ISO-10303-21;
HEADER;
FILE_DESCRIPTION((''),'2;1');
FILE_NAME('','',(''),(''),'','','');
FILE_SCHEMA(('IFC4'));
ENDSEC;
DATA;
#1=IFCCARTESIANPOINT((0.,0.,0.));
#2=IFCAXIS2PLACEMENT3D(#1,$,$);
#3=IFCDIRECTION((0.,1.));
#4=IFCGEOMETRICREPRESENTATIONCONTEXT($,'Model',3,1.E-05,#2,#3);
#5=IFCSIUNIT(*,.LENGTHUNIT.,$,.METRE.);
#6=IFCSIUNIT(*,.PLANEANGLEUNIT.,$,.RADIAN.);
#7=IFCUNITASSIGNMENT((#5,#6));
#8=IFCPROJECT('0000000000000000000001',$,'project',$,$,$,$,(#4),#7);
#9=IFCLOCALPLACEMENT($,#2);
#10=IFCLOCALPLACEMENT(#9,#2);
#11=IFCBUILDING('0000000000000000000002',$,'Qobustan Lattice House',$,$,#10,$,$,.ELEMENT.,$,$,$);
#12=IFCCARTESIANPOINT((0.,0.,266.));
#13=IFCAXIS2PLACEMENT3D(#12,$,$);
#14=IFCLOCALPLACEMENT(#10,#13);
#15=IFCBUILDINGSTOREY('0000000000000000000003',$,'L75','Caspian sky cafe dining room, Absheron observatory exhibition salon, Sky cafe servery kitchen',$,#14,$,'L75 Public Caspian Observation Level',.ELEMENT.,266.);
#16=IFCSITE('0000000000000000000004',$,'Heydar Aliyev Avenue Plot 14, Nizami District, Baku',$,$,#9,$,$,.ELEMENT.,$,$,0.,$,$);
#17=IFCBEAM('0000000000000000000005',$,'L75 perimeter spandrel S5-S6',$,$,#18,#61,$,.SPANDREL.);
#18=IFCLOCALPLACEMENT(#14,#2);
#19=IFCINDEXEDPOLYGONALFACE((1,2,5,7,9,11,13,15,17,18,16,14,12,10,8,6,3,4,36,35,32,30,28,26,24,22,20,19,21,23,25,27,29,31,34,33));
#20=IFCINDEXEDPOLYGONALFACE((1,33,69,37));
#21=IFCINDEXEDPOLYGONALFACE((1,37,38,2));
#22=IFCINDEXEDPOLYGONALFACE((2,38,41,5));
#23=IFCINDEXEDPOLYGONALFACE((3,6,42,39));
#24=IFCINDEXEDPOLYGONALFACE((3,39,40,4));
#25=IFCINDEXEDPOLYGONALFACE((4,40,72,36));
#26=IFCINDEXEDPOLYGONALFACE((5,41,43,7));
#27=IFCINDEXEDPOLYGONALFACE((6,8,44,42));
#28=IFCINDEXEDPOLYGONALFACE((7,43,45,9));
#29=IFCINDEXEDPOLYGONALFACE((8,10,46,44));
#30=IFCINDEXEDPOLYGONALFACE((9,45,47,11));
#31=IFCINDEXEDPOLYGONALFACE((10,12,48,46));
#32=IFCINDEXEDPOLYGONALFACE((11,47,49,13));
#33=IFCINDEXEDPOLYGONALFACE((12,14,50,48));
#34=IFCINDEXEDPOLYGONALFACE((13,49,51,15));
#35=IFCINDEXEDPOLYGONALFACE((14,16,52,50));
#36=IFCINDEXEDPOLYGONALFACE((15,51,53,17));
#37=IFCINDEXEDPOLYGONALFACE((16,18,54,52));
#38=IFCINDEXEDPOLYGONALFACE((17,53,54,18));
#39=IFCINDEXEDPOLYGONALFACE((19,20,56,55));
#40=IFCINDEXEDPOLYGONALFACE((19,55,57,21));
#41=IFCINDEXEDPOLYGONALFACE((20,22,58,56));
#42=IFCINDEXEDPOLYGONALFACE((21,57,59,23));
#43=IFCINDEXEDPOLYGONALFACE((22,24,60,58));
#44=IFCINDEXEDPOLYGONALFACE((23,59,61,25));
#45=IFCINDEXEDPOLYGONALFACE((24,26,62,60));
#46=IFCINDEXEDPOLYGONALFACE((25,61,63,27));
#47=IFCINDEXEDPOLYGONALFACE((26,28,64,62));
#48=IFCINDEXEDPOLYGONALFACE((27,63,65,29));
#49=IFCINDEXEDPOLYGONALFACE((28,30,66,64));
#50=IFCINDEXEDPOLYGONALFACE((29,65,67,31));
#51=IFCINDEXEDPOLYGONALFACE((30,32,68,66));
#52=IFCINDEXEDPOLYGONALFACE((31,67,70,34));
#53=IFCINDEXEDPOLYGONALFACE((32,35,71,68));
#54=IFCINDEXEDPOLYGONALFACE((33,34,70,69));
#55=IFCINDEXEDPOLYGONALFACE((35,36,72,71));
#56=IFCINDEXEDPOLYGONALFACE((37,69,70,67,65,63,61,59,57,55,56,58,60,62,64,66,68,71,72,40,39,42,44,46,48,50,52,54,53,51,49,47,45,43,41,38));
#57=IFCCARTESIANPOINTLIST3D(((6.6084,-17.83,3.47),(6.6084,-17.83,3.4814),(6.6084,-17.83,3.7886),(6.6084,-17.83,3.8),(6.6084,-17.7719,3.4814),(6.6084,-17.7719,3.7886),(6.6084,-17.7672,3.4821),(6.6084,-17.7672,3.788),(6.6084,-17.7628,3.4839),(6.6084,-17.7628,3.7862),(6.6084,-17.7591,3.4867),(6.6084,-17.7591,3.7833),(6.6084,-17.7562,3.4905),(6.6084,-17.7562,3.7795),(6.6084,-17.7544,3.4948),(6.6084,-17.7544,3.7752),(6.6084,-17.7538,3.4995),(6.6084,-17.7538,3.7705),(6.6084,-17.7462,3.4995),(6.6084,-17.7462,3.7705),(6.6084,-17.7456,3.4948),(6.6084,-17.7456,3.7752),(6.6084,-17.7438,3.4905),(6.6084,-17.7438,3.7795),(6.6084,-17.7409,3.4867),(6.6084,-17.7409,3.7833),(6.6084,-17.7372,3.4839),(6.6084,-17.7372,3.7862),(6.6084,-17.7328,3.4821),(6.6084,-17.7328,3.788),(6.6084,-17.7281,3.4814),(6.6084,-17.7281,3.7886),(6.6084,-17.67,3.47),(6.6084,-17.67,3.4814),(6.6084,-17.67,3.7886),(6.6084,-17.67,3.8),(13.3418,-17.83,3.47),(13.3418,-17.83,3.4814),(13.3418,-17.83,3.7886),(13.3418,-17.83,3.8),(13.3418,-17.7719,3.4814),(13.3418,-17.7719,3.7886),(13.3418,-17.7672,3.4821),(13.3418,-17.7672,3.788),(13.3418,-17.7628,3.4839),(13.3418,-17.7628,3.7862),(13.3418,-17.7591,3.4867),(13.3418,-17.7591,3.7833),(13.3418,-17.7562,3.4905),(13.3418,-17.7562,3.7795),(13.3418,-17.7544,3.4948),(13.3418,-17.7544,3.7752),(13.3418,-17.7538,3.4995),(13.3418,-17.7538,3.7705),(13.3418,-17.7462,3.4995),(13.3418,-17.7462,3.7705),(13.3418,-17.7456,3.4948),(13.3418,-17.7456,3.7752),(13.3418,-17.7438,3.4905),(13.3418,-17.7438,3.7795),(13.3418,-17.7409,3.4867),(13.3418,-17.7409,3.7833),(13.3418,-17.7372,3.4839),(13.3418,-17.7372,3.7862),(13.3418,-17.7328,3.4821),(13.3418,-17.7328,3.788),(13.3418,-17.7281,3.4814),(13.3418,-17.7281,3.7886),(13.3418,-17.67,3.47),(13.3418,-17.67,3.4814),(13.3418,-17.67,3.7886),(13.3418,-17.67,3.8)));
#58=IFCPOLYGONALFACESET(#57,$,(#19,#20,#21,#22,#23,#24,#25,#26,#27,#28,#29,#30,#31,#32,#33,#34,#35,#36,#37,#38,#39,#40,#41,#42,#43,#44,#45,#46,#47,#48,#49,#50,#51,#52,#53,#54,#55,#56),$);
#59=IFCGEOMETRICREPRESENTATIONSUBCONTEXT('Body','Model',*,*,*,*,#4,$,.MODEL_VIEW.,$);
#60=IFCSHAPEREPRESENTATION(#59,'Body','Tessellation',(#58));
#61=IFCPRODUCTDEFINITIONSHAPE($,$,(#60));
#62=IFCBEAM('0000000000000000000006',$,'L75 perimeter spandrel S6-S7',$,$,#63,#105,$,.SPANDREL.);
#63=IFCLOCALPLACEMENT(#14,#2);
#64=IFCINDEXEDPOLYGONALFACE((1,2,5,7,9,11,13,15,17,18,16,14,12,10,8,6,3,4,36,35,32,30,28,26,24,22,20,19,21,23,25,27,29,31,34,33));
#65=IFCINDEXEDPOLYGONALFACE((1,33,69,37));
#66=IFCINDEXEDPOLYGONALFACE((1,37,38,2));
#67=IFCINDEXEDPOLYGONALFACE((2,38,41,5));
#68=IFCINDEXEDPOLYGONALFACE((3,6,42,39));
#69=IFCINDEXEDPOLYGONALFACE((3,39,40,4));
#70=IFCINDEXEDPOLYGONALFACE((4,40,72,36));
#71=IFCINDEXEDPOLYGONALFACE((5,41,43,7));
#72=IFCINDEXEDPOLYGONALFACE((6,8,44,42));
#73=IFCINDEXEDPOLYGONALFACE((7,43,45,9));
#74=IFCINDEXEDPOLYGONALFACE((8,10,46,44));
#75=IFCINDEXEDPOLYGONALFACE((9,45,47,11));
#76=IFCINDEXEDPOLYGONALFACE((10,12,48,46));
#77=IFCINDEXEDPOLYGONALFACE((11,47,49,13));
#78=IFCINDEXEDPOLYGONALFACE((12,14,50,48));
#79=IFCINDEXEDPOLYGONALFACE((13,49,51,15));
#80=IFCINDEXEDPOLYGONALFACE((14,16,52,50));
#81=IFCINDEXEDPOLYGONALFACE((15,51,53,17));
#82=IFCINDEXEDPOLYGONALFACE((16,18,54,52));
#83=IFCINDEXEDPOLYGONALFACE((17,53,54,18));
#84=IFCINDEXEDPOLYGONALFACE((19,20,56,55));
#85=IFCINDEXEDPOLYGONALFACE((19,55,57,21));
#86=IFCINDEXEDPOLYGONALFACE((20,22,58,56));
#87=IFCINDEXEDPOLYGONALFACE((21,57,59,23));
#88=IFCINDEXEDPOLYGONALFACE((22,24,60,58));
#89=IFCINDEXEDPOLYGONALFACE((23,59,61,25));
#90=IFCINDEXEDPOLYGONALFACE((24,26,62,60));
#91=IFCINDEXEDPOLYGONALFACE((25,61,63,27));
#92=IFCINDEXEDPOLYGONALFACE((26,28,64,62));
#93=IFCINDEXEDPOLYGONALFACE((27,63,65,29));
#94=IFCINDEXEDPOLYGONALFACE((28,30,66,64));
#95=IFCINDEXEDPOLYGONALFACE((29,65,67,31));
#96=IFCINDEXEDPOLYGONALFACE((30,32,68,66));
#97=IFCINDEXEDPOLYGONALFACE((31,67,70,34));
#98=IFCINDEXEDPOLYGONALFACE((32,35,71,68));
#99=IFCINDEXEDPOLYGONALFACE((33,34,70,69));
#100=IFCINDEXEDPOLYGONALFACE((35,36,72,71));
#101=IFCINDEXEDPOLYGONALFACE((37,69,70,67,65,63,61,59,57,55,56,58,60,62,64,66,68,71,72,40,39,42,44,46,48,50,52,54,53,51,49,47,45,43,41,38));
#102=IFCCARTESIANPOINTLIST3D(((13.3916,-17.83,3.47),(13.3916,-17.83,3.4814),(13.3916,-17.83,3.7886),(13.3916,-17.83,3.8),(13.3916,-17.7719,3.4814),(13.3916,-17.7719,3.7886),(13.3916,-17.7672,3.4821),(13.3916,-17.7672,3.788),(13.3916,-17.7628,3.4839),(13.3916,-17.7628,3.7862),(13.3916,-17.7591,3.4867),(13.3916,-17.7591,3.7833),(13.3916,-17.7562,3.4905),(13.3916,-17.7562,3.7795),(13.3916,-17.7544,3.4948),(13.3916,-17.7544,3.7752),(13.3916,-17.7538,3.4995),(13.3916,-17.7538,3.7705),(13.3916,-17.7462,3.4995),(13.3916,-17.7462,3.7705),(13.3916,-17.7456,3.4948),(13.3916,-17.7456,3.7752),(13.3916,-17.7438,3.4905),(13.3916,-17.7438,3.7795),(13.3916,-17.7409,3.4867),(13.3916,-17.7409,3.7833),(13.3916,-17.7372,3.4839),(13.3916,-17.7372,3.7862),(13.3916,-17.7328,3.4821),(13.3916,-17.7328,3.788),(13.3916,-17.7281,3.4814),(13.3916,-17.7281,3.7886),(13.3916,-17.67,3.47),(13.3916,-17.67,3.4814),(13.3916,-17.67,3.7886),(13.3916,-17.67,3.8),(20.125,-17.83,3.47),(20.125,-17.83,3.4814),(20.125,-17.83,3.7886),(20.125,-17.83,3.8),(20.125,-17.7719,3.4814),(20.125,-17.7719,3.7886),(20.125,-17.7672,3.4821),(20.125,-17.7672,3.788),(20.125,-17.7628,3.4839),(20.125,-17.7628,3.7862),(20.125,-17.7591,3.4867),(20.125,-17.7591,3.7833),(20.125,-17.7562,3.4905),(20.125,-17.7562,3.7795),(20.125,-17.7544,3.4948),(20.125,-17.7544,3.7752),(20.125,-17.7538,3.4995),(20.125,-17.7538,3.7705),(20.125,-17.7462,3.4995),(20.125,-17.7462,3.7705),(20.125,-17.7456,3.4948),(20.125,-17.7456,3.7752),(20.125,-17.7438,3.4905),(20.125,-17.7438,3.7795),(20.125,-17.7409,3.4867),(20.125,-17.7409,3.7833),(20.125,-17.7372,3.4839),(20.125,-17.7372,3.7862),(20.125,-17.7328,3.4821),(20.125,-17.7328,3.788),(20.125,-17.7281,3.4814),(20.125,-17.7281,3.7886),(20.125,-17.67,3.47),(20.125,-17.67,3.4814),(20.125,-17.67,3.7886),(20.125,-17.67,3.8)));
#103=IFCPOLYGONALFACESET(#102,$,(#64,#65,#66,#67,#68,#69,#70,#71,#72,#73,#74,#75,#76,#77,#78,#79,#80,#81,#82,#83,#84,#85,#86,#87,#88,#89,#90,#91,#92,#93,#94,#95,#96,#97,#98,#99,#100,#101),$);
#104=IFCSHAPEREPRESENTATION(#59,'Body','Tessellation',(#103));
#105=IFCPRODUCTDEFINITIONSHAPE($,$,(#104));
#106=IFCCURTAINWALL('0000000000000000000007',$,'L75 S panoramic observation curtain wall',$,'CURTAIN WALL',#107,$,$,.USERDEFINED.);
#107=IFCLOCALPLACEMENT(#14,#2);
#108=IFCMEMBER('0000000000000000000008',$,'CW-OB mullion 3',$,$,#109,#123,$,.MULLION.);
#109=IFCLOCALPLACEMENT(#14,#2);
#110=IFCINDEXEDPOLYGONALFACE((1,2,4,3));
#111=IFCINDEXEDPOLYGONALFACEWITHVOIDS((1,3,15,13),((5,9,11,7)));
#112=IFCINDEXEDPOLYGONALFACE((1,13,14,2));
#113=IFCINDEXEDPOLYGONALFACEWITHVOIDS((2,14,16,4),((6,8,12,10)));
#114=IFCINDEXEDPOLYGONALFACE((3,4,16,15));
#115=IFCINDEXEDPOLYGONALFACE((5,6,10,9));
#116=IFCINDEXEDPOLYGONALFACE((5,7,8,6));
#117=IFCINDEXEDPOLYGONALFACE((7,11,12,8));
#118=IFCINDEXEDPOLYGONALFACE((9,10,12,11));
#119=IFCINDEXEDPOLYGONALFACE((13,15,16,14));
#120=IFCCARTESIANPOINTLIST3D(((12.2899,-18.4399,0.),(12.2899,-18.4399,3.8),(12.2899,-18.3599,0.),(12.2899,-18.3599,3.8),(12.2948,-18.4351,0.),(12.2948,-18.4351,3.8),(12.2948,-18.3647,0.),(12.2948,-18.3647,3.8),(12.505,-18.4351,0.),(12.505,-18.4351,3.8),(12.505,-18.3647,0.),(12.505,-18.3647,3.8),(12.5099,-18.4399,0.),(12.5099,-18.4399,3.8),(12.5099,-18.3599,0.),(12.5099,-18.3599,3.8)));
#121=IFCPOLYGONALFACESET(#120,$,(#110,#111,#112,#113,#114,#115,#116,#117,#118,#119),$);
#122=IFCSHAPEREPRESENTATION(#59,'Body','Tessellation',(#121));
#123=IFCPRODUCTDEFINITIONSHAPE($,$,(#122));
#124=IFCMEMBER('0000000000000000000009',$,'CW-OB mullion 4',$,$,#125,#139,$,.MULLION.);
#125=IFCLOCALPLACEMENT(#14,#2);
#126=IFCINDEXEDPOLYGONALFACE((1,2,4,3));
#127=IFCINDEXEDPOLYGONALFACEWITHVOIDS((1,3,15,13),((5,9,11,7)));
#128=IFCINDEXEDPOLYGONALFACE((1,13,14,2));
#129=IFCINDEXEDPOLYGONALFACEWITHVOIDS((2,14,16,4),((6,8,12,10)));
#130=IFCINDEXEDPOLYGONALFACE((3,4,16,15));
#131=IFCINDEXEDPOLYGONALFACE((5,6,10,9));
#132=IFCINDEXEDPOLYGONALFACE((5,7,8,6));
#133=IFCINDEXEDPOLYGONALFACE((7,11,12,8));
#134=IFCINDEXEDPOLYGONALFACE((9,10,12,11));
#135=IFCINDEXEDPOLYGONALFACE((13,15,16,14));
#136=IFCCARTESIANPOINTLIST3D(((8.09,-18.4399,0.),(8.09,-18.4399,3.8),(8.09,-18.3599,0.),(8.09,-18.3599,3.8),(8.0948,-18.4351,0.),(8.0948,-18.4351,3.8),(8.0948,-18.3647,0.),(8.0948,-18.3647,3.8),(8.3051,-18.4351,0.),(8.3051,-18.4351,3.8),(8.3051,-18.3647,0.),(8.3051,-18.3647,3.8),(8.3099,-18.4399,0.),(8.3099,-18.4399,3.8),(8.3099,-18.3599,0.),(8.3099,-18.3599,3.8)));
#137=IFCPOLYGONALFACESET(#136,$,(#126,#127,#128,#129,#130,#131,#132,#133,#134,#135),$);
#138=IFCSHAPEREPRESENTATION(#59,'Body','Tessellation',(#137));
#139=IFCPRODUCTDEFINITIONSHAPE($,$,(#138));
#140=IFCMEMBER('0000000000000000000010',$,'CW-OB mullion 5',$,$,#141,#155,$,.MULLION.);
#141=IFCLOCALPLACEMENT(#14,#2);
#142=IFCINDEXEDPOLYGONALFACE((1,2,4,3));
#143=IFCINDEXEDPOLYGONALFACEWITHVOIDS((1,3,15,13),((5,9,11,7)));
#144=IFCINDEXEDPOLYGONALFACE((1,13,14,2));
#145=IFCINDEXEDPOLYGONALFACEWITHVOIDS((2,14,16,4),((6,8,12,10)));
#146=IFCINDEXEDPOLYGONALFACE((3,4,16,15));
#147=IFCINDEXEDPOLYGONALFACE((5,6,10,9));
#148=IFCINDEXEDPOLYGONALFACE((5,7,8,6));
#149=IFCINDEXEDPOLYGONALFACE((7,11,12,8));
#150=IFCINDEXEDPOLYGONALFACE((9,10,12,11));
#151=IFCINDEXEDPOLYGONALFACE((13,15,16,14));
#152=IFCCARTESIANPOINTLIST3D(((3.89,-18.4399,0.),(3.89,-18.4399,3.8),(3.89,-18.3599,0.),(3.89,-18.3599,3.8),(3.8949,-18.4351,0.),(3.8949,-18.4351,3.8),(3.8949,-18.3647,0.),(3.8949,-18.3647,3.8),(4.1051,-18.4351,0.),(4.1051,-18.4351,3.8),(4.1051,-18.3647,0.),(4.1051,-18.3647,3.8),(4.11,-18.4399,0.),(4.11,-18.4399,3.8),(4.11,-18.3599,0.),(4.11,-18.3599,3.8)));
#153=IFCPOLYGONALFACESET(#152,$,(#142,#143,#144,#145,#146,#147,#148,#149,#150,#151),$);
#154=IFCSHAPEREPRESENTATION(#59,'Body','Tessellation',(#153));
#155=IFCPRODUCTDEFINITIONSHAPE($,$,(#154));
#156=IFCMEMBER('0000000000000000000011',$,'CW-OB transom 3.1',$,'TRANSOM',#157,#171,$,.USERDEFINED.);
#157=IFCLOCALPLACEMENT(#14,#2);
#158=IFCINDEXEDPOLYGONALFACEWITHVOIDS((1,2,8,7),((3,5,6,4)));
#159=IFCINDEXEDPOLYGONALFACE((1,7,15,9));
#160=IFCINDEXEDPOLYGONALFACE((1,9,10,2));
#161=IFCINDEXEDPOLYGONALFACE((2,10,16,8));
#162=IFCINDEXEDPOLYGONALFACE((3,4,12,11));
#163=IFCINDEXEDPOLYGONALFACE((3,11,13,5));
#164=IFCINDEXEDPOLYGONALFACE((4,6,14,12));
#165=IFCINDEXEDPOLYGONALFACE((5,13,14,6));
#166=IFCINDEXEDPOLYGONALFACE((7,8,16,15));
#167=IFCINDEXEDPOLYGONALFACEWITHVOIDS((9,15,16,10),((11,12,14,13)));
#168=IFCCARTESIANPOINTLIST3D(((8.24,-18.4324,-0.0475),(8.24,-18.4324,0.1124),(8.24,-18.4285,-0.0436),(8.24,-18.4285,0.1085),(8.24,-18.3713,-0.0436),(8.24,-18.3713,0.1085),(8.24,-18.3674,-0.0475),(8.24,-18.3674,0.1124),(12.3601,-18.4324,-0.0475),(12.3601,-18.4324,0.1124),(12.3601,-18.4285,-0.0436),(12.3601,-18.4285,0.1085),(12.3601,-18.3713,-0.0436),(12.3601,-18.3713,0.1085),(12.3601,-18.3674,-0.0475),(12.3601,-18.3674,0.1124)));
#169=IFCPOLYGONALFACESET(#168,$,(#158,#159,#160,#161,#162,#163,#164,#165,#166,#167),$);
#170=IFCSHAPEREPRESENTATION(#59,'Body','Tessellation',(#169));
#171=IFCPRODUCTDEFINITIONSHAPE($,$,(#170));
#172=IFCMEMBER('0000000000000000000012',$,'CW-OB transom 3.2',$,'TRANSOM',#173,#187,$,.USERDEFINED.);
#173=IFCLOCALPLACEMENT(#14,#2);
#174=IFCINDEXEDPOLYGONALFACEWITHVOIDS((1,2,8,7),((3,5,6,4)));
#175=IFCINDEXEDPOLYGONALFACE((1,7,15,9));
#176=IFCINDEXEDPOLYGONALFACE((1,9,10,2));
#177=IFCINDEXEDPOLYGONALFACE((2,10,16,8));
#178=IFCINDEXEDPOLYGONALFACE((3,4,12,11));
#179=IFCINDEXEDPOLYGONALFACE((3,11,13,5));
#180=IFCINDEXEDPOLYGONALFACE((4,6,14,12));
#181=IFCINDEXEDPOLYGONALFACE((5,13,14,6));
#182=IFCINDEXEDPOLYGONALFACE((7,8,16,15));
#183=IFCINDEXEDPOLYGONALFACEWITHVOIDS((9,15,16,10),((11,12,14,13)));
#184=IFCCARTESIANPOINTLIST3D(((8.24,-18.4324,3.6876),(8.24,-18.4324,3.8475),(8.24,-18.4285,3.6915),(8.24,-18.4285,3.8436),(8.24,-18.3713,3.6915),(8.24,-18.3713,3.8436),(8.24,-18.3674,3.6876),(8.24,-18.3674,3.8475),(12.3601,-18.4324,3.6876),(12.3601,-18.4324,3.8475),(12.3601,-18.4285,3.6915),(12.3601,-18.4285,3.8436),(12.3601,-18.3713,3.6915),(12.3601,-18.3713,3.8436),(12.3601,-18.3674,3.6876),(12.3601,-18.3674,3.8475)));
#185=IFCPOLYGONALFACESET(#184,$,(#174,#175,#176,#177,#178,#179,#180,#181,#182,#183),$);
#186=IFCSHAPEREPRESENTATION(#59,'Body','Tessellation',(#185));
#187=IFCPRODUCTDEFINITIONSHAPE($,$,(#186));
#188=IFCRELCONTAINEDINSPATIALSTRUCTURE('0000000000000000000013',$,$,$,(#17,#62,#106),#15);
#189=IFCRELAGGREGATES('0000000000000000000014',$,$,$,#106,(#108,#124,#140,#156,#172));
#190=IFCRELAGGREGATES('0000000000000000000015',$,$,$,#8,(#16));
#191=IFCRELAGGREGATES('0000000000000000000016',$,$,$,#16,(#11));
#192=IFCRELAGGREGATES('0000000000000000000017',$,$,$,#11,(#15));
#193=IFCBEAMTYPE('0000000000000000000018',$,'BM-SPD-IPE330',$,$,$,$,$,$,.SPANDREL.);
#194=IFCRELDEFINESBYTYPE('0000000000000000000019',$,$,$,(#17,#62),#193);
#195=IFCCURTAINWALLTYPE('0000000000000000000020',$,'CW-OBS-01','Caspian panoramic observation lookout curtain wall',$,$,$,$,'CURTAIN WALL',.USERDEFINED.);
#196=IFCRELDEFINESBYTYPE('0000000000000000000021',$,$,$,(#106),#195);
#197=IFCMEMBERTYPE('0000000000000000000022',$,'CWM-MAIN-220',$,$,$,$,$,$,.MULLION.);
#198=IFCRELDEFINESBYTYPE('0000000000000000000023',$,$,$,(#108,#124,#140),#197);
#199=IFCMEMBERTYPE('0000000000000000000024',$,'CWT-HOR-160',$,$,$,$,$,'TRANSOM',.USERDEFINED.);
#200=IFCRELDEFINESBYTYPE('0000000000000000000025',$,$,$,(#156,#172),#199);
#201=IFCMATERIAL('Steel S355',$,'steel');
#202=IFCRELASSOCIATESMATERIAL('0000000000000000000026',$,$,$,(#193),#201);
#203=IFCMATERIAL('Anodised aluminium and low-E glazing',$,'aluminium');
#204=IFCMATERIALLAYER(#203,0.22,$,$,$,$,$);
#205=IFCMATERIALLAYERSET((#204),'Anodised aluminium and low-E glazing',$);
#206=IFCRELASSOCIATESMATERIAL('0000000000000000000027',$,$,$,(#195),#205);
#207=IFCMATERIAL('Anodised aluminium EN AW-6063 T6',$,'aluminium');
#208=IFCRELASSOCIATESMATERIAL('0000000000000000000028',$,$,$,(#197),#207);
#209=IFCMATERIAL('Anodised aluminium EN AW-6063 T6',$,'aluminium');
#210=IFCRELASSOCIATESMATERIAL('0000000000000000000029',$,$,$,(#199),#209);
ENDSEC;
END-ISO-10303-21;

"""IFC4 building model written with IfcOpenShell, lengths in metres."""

from ifc_helpers import new_model, si_unit, direction, frame, origin, origin_2d, place, context, subcontext, project, spatial, hollow_rectangle, i_section, extrude, material, layer, layer_set, material_profile, profile_set, type_object, element, aggregate, save


model = new_model("IFC4")

# Units and contexts
model_context = context("Model", 3, precision=1e-05, world=origin(), true_north=direction((0.0, 1.0)))
body_context = subcontext(model_context, "Body", "Model", "MODEL_VIEW")
ifc_project = project(units=[si_unit("LENGTHUNIT", "METRE"), si_unit("PLANEANGLEUNIT", "RADIAN")], contexts=[model_context])

# Site, building, storey
site_placement = place(None, origin())
site = spatial("IfcSite", under=ifc_project, at=site_placement, Name="Heydar Aliyev Avenue Plot 14, Nizami District, Baku", CompositionType="ELEMENT", RefElevation=0.0)
building_placement = place(site_placement, origin())
building = spatial("IfcBuilding", under=site, at=building_placement, Name="Qobustan Lattice House", CompositionType="ELEMENT")
storey_placement = place(building_placement, frame((0.0, 0.0, 266.0)))
storey = spatial("IfcBuildingStorey", under=building, at=storey_placement, Name="L75", Description="Caspian sky cafe dining room, Absheron observatory exhibition salon, Sky cafe servery kitchen", LongName="L75 Public Caspian Observation Level", CompositionType="ELEMENT", Elevation=266.0)

# Beams
ifc_material_1 = material(Name="Steel S355", Category="steel")
ifc_material_profile_1 = material_profile(ifc_material_1, i_section(OverallWidth=0.1599, OverallDepth=0.3301, WebThickness=0.0076, FlangeThickness=0.0115, FilletRadius=0.0181, at=origin_2d()), Name="IPE330")
ifc_profile_set_1 = profile_set([ifc_material_profile_1], Name="Steel S355")
beam_type_1 = type_object("IfcBeamType", Name="BM-SPD-IPE330", PredefinedType="SPANDREL", material=ifc_profile_set_1)
for number, where, z_axis, x_axis, name in (
    (1, (6.6084, -17.75, 3.635), (1.0, 0.0, 0.0), (0.0, 1.0, 0.0), "L75 perimeter spandrel S5-S6"),
    (2, (13.3916, -17.75, 3.635), (1.0, 0.0, 0.0), (0.0, 1.0, 0.0), "L75 perimeter spandrel S6-S7"),
):
    element("IfcBeam", number, at=place(storey_placement, frame(where, z_axis=z_axis, x_axis=x_axis)), inside=storey, type_object=beam_type_1, Name=name, PredefinedType="SPANDREL", context=body_context, shape_type="SweptSolid", body=[
        extrude(i_section(OverallWidth=0.1599, OverallDepth=0.3301, WebThickness=0.0076, FlangeThickness=0.0115, FilletRadius=0.0181, at=origin_2d()), origin(), (0.0, 0.0, 1.0), 6.7334),
    ])

# Curtain wall, members
ifc_material_2 = material(Name="Anodised aluminium and low-E glazing", Category="aluminium")
ifc_layer_1 = layer(ifc_material_2, 0.22)
ifc_layer_set_1 = layer_set([ifc_layer_1], Name="Anodised aluminium and low-E glazing")
curtain_wall_type = type_object("IfcCurtainWallType", Name="CW-OBS-01", Description="Caspian panoramic observation lookout curtain wall", ElementType="CURTAIN WALL", PredefinedType="USERDEFINED", material=ifc_layer_set_1)
curtain_wall_placement = place(storey_placement, origin())
curtain_wall = element("IfcCurtainWall", 3, at=curtain_wall_placement, inside=storey, type_object=curtain_wall_type, Name="L75 S panoramic observation curtain wall", ObjectType="CURTAIN WALL", PredefinedType="USERDEFINED")
ifc_material_3 = material(Name="Anodised aluminium EN AW-6063 T6", Category="aluminium")
ifc_material_profile_2 = material_profile(ifc_material_3, hollow_rectangle(XDim=0.0801, YDim=0.22, WallThickness=0.0049, at=origin_2d()), Name="CWM-220x80")
ifc_profile_set_2 = profile_set([ifc_material_profile_2], Name="Anodised aluminium EN AW-6063 T6")
member_type_1 = type_object("IfcMemberType", Name="CWM-MAIN-220", PredefinedType="MULLION", material=ifc_profile_set_2)
member_1_placement = place(storey_placement, frame((12.3999, -18.3999, 0.0), z_axis=(0.0, 0.0, 1.0), x_axis=(0.0, -1.0, 0.0)))
member_1 = element("IfcMember", 4, at=member_1_placement, type_object=member_type_1, Name="CW-OB mullion 3", PredefinedType="MULLION", context=body_context, shape_type="SweptSolid", body=[
    extrude(hollow_rectangle(XDim=0.0801, YDim=0.22, WallThickness=0.0049, at=origin_2d()), origin(), (0.0, 0.0, 1.0), 3.8),
])
member_2_placement = place(storey_placement, frame((8.2, -18.3999, 0.0), z_axis=(0.0, 0.0, 1.0), x_axis=(0.0, -1.0, 0.0)))
member_2 = element("IfcMember", 5, at=member_2_placement, type_object=member_type_1, Name="CW-OB mullion 4", PredefinedType="MULLION", context=body_context, shape_type="SweptSolid", body=[
    extrude(hollow_rectangle(XDim=0.0801, YDim=0.22, WallThickness=0.0049, at=origin_2d()), origin(), (0.0, 0.0, 1.0), 3.8),
])
member_3_placement = place(storey_placement, frame((4.0, -18.3999, 0.0), z_axis=(0.0, 0.0, 1.0), x_axis=(0.0, -1.0, 0.0)))
member_3 = element("IfcMember", 6, at=member_3_placement, type_object=member_type_1, Name="CW-OB mullion 5", PredefinedType="MULLION", context=body_context, shape_type="SweptSolid", body=[
    extrude(hollow_rectangle(XDim=0.0801, YDim=0.22, WallThickness=0.0049, at=origin_2d()), origin(), (0.0, 0.0, 1.0), 3.8),
])
ifc_material_4 = material(Name="Anodised aluminium EN AW-6063 T6", Category="aluminium")
ifc_material_profile_3 = material_profile(ifc_material_4, hollow_rectangle(XDim=0.0649, YDim=0.1599, WallThickness=0.0039, at=origin_2d()), Name="CWT-160x65")
ifc_profile_set_3 = profile_set([ifc_material_profile_3], Name="Anodised aluminium EN AW-6063 T6")
member_type_2 = type_object("IfcMemberType", Name="CWT-HOR-160", ElementType="TRANSOM", PredefinedType="USERDEFINED", material=ifc_profile_set_3)
member_4_placement = place(storey_placement, frame((12.3601, -18.3999, 0.0325), z_axis=(-1.0, 0.0, 0.0), x_axis=(0.0, -1.0, 0.0)))
member_4 = element("IfcMember", 7, at=member_4_placement, type_object=member_type_2, Name="CW-OB transom 3.1", ObjectType="TRANSOM", PredefinedType="USERDEFINED", context=body_context, shape_type="SweptSolid", body=[
    extrude(hollow_rectangle(XDim=0.0649, YDim=0.1599, WallThickness=0.0039, at=origin_2d()), origin(), (0.0, 0.0, 1.0), 4.1201),
])
member_5_placement = place(storey_placement, frame((12.3601, -18.3999, 3.7676), z_axis=(-1.0, 0.0, 0.0), x_axis=(0.0, -1.0, 0.0)))
member_5 = element("IfcMember", 8, at=member_5_placement, type_object=member_type_2, Name="CW-OB transom 3.2", ObjectType="TRANSOM", PredefinedType="USERDEFINED", context=body_context, shape_type="SweptSolid", body=[
    extrude(hollow_rectangle(XDim=0.0649, YDim=0.1599, WallThickness=0.0039, at=origin_2d()), origin(), (0.0, 0.0, 1.0), 4.1201),
])
aggregate(curtain_wall, [member_1, member_2, member_3, member_4, member_5])

save(model, "model.ifc")
